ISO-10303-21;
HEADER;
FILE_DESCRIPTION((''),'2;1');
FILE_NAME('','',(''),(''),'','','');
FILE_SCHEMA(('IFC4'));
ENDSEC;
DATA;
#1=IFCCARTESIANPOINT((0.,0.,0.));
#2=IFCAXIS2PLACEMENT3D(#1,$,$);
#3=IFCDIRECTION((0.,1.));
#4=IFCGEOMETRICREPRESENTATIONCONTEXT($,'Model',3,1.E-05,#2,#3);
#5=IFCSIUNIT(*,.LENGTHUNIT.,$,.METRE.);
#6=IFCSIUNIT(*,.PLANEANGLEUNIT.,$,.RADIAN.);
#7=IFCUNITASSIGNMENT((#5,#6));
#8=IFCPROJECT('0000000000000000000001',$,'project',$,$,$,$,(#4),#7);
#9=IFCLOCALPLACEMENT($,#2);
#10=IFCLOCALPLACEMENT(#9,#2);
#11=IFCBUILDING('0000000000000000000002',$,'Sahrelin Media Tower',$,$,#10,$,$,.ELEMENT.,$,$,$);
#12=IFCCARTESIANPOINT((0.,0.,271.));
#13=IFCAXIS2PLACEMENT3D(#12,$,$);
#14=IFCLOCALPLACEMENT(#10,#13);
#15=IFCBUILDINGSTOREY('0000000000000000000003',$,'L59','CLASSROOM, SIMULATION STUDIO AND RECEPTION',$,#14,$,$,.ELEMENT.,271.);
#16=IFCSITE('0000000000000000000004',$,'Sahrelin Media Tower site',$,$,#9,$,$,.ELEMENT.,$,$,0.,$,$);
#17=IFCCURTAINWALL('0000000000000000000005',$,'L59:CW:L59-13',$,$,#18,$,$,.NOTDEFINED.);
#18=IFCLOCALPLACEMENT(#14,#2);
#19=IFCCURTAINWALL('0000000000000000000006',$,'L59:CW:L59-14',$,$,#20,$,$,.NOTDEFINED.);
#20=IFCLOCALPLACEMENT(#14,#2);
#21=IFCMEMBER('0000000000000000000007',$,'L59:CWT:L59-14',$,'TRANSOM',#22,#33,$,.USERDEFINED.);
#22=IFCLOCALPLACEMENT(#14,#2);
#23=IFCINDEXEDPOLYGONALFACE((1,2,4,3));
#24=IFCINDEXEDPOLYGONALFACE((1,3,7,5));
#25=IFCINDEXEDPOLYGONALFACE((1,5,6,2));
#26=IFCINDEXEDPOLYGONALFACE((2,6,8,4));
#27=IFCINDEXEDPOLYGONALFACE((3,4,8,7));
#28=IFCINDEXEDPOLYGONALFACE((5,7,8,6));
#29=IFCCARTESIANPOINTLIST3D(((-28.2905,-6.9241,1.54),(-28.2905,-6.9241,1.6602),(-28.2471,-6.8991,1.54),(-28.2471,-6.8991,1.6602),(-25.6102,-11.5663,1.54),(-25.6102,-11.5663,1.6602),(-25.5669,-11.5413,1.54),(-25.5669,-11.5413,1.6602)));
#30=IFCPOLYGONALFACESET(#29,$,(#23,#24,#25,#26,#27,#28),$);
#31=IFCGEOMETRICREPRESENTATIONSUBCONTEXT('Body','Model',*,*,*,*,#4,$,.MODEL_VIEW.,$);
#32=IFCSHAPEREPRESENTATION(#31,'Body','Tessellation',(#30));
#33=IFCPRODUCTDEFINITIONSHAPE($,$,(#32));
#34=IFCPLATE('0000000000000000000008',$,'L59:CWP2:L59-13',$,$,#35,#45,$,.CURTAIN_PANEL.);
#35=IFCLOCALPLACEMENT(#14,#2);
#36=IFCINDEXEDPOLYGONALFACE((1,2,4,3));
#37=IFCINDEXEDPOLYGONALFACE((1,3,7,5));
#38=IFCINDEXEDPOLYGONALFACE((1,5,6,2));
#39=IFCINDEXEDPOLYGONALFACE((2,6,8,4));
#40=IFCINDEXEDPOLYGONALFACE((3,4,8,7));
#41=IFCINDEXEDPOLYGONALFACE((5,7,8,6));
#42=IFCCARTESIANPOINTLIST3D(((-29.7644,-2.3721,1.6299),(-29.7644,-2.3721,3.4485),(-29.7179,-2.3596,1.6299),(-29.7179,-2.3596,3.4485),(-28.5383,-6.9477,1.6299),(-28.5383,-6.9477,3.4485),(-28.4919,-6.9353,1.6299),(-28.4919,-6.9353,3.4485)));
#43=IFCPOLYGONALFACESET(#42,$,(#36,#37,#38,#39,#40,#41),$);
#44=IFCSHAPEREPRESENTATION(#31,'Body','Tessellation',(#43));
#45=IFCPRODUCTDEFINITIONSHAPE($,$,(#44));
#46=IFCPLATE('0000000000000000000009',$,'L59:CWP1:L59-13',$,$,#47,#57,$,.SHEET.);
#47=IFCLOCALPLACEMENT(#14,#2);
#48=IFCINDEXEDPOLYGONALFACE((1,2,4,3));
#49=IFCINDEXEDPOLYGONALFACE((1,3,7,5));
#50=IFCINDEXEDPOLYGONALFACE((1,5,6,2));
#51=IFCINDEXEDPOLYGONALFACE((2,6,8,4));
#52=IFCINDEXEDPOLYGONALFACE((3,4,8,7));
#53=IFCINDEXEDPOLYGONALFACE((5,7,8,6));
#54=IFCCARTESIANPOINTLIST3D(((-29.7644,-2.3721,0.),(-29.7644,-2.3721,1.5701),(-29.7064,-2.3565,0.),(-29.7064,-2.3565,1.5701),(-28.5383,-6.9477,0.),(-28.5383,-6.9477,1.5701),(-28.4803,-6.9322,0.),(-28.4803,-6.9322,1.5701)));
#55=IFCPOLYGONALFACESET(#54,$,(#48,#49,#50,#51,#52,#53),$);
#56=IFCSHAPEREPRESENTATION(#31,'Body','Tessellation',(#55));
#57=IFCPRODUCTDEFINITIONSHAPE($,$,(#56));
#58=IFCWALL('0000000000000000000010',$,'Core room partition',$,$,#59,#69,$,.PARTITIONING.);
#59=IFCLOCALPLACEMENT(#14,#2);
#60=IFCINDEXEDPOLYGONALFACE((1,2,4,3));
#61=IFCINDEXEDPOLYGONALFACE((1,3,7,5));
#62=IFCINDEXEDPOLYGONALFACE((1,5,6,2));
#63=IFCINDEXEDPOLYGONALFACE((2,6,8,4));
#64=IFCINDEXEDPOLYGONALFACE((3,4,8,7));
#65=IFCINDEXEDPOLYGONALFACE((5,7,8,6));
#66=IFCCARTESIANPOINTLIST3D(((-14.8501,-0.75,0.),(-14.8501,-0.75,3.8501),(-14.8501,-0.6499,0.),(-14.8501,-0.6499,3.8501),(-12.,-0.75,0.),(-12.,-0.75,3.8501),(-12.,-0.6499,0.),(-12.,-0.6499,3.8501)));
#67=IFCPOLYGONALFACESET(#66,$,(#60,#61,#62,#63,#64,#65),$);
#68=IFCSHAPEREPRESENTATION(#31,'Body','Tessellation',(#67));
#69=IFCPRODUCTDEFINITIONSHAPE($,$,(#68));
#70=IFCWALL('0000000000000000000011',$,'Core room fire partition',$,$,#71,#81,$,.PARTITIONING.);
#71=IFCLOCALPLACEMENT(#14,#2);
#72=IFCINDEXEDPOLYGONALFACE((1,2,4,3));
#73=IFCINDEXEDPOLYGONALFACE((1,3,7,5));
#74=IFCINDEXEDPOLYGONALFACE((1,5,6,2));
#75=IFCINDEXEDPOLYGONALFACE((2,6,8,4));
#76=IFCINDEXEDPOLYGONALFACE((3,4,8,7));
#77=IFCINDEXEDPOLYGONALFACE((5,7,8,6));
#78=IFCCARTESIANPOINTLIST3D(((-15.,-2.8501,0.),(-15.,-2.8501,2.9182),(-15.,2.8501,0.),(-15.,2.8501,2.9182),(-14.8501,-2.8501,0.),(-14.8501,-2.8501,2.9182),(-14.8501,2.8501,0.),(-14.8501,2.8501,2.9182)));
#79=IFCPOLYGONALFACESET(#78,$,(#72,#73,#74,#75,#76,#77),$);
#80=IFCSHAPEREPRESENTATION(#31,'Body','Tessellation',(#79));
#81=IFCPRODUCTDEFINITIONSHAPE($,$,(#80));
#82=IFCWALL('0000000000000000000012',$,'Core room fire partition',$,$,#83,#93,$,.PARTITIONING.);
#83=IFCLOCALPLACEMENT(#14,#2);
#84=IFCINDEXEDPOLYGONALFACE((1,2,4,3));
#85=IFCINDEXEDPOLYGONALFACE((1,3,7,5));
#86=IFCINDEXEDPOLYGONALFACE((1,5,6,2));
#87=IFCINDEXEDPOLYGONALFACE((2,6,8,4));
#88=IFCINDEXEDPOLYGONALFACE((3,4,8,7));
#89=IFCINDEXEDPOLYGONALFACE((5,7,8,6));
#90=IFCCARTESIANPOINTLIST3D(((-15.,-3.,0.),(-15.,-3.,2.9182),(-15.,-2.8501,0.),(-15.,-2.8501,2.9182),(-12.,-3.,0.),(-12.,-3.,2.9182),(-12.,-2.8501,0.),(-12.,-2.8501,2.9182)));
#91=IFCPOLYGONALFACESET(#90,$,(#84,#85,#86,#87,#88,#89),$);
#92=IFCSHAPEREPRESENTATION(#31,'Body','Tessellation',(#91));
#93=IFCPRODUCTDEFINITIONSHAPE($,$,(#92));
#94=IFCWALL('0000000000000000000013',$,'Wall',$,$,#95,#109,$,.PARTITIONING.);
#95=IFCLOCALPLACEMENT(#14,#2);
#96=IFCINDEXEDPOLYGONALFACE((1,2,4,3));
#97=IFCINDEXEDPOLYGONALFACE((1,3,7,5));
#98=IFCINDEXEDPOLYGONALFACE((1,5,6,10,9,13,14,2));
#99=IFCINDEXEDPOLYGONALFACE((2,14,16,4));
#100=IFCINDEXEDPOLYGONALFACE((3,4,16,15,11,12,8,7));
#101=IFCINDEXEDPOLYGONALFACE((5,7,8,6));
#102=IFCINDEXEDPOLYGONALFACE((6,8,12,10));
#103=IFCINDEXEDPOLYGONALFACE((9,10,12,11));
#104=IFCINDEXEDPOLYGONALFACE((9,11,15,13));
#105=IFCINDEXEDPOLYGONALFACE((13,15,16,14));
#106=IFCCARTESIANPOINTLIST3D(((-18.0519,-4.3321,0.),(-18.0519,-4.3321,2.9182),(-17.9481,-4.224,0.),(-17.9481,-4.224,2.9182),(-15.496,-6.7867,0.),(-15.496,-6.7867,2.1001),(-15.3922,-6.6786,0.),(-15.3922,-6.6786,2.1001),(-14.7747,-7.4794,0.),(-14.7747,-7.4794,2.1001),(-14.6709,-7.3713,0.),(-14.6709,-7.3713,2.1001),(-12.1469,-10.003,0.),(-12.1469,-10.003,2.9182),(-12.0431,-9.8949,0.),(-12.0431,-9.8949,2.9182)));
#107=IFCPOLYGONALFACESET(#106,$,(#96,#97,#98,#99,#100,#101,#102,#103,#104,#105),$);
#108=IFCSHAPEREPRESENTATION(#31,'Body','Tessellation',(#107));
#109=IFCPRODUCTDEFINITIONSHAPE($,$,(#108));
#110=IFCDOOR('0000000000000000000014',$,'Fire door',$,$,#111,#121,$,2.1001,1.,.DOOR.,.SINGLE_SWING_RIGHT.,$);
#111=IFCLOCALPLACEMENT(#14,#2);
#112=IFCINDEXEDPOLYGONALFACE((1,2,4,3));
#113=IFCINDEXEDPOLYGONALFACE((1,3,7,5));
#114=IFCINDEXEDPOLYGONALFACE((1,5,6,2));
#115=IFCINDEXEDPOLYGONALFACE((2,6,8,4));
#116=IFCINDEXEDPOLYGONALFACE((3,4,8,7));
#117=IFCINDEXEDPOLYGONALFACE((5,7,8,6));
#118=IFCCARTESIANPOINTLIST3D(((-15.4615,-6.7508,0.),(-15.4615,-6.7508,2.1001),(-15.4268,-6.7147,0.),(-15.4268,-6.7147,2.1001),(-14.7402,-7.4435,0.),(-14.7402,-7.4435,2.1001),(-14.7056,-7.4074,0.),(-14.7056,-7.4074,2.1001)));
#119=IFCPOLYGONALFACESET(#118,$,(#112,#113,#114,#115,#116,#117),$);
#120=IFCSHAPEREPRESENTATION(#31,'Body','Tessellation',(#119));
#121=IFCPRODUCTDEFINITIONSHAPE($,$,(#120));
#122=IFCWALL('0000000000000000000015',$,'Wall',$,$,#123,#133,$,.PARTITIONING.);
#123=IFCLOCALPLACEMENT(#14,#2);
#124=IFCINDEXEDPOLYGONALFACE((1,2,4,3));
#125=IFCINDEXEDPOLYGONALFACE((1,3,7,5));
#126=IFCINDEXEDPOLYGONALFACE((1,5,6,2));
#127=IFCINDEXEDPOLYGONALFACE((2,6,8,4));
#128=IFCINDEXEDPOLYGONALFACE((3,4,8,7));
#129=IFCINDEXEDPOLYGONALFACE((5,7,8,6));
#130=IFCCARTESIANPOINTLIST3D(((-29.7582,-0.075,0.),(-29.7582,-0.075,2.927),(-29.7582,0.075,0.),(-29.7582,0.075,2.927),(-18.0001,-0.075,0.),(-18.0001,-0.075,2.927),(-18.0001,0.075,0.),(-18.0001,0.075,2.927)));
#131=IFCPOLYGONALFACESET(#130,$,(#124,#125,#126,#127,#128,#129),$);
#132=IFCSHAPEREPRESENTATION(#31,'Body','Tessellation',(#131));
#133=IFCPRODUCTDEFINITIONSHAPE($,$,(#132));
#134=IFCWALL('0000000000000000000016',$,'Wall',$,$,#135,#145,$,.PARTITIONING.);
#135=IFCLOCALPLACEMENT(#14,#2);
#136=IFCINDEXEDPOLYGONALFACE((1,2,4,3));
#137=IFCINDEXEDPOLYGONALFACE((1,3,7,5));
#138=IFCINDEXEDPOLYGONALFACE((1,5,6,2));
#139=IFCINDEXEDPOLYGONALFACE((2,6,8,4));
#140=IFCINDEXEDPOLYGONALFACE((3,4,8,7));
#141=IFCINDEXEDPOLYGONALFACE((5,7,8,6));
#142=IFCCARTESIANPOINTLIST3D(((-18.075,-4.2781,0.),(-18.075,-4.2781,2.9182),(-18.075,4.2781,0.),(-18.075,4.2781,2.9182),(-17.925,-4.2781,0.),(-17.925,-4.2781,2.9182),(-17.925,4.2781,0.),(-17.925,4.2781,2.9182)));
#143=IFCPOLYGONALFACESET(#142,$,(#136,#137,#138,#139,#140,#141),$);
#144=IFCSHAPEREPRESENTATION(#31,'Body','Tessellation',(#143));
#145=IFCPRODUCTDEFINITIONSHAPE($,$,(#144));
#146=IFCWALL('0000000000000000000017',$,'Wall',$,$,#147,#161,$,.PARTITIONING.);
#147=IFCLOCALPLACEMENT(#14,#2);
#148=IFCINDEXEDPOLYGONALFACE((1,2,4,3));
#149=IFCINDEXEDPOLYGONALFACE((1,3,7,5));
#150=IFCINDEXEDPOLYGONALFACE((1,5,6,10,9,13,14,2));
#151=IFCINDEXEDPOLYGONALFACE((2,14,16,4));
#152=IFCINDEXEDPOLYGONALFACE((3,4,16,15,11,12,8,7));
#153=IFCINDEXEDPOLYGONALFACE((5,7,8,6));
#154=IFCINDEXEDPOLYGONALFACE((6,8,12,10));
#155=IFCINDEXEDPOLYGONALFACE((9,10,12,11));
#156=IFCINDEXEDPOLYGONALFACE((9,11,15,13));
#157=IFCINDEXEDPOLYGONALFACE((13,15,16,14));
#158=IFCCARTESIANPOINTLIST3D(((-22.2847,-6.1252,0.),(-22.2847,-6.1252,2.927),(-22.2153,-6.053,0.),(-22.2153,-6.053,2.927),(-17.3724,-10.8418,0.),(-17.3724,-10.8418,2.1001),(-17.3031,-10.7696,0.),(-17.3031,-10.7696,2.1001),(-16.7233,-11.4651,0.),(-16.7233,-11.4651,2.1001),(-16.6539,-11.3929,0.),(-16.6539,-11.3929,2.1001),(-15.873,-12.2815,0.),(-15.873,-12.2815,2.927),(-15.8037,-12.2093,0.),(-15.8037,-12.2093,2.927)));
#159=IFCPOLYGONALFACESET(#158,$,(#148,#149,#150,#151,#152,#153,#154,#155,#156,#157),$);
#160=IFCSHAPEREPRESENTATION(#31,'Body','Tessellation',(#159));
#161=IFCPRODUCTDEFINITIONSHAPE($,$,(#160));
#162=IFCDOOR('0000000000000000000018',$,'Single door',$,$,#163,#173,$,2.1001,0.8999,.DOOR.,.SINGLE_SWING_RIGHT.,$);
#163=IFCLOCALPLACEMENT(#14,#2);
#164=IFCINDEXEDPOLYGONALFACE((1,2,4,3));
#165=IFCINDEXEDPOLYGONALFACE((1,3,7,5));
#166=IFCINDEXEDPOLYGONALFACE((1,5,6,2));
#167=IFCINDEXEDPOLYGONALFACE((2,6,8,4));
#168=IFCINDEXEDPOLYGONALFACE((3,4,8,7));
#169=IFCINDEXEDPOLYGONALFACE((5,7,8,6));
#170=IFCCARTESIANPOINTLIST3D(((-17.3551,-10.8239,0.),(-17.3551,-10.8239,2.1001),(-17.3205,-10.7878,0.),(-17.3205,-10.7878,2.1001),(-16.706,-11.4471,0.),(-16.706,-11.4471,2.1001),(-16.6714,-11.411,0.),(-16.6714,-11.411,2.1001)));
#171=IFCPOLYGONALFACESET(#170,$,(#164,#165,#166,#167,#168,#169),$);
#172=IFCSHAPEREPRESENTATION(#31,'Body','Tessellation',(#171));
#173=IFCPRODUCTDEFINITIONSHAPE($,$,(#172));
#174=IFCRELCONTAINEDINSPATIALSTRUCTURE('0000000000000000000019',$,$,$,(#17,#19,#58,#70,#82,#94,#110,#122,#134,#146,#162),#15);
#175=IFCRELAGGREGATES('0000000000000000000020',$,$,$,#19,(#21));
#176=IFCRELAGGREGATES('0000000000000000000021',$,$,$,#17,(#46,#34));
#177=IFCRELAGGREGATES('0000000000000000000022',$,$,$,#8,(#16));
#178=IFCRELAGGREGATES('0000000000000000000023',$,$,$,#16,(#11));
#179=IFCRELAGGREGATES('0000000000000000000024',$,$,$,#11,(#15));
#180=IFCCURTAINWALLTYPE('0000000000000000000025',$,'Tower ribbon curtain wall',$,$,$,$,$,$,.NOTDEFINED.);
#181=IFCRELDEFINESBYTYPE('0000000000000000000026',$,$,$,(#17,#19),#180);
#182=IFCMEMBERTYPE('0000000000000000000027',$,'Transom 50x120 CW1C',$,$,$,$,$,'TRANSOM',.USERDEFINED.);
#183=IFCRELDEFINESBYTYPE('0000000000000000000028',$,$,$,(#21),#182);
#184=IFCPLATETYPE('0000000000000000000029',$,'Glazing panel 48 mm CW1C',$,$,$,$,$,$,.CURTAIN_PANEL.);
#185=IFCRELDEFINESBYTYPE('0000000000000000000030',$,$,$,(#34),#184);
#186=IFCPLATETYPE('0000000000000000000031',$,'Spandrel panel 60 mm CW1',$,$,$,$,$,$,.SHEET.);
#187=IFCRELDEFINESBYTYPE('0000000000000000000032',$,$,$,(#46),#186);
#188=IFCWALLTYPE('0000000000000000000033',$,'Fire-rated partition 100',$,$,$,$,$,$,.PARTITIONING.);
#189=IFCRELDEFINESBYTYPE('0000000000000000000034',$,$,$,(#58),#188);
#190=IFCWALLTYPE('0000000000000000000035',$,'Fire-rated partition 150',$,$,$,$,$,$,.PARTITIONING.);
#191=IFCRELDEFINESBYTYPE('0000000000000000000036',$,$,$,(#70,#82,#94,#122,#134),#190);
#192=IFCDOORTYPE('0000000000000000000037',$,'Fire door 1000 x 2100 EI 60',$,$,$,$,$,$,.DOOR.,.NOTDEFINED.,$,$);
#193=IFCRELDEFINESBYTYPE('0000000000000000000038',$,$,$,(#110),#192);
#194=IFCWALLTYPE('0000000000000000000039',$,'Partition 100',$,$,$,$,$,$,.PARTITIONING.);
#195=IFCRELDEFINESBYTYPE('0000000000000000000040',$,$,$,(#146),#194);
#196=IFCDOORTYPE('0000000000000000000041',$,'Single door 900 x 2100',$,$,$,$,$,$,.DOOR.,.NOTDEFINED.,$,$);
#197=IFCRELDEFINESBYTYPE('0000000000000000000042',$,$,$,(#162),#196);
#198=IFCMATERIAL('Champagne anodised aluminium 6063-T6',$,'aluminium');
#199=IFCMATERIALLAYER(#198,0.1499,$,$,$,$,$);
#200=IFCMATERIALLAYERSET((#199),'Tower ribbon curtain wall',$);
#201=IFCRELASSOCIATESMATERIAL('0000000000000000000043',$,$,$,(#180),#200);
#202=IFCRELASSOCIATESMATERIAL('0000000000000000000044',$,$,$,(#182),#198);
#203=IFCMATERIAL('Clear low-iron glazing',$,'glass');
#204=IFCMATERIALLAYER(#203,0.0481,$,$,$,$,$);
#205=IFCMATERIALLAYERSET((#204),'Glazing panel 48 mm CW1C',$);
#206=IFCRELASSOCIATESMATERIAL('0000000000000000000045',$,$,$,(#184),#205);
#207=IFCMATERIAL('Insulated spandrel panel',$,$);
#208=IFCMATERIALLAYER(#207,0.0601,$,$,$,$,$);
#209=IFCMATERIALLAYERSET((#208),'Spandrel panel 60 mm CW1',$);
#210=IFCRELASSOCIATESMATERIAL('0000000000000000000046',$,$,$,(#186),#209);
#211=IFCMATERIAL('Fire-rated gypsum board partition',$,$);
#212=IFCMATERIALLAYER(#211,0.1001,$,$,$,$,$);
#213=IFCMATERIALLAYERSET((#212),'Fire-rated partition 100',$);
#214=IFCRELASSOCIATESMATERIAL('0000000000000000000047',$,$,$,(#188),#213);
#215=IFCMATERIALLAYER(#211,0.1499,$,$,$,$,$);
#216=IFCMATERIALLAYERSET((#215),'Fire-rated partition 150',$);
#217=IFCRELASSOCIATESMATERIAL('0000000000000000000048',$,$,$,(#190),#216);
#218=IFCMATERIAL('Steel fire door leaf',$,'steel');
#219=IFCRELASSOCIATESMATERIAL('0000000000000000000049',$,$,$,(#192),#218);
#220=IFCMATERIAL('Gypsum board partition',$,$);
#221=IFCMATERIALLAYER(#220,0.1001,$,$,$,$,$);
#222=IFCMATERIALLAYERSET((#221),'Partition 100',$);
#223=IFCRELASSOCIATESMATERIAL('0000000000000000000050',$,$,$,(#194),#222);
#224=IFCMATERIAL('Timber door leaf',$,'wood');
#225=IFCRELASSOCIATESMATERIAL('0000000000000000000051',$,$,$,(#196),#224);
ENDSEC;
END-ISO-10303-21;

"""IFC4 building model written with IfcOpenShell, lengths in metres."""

from ifc_helpers import new_model, si_unit, direction, frame, frame_2d, origin, origin_2d, place, context, subcontext, project, spatial, polyline, rectangle, outline, extrude, material, layer, layer_set, material_profile, profile_set, type_object, element, fill, aggregate, save


model = new_model("IFC4")

# Units and contexts
model_context = context("Model", 3, precision=1e-05, world=origin(), true_north=direction((0.0, 1.0)))
body_context = subcontext(model_context, "Body", "Model", "MODEL_VIEW")
ifc_project = project(units=[si_unit("LENGTHUNIT", "METRE"), si_unit("PLANEANGLEUNIT", "RADIAN")], contexts=[model_context])

# Site, building, storey
site_placement = place(None, origin())
site = spatial("IfcSite", under=ifc_project, at=site_placement, Name="Sahrelin Media Tower site", CompositionType="ELEMENT", RefElevation=0.0)
building_placement = place(site_placement, origin())
building = spatial("IfcBuilding", under=site, at=building_placement, Name="Sahrelin Media Tower", CompositionType="ELEMENT")
storey_placement = place(building_placement, frame((0.0, 0.0, 271.0)))
storey = spatial("IfcBuildingStorey", under=building, at=storey_placement, Name="L59", Description="CLASSROOM, SIMULATION STUDIO AND RECEPTION", CompositionType="ELEMENT", Elevation=271.0)

# Curtain wall
ifc_material_1 = material(Name="Champagne anodised aluminium 6063-T6", Category="aluminium")
ifc_layer_1 = layer(ifc_material_1, 0.1499)
ifc_layer_set_1 = layer_set([ifc_layer_1], Name="Tower ribbon curtain wall")
curtain_wall_type = type_object("IfcCurtainWallType", Name="Tower ribbon curtain wall", PredefinedType="NOTDEFINED", material=ifc_layer_set_1)
curtain_wall_1_placement = place(storey_placement, frame((-29.1318, -4.6548, 0.0), z_axis=(0.0, 0.0, 1.0), x_axis=(1.0, 0.0, 0.0)))
curtain_wall_1 = element("IfcCurtainWall", 1, at=curtain_wall_1_placement, inside=storey, type_object=curtain_wall_type, Name="L59:CW:L59-13", PredefinedType="NOTDEFINED")

# Shared definitions
ifc_material_profile_1 = material_profile(ifc_material_1, rectangle(XDim=0.05, YDim=0.1201, at=origin_2d()), Name="Transom 50x120")
ifc_profile_set_1 = profile_set([ifc_material_profile_1], Name="Champagne anodised aluminium 6063-T6")
member_type_1 = type_object("IfcMemberType", Name="Transom 50x120 CW1C", ElementType="TRANSOM", PredefinedType="USERDEFINED", material=ifc_profile_set_1)

# Curtain wall, member
curtain_wall_2_placement = place(storey_placement, frame((-27.1409, -9.3552, 0.0), z_axis=(0.0, 0.0, 1.0), x_axis=(1.0, 0.0, 0.0)))
curtain_wall_2 = element("IfcCurtainWall", 2, at=curtain_wall_2_placement, inside=storey, type_object=curtain_wall_type, Name="L59:CW:L59-14", PredefinedType="NOTDEFINED")
member_1_placement = place(storey_placement, frame((-28.2688, -6.9116, 1.6001), z_axis=(0.500009, -0.86602, 0.0), x_axis=(0.86602, 0.500009, 0.0)))
member_1 = element("IfcMember", 3, at=member_1_placement, type_object=member_type_1, Name="L59:CWT:L59-14", ObjectType="TRANSOM", PredefinedType="USERDEFINED", context=body_context, shape_type="SweptSolid", body=[
    extrude(rectangle(XDim=0.05, YDim=0.1201, at=origin_2d()), origin(), (0.0, 0.0, 1.0), 5.3604),
])
aggregate(curtain_wall_2, [member_1])

# Plates
ifc_material_2 = material(Name="Clear low-iron glazing", Category="glass")
ifc_layer_2 = layer(ifc_material_2, 0.0481)
ifc_layer_set_2 = layer_set([ifc_layer_2], Name="Glazing panel 48 mm CW1C")
plate_type_1 = type_object("IfcPlateType", Name="Glazing panel 48 mm CW1C", PredefinedType="CURTAIN_PANEL", material=ifc_layer_set_2)
plate_1_placement = place(storey_placement, frame((-29.7644, -2.3721, 1.6299), z_axis=(-0.965925, -0.258824, 0.0), x_axis=(0.258824, -0.965925, 0.0)))
plate_1 = element("IfcPlate", 4, at=plate_1_placement, type_object=plate_type_1, Name="L59:CWP2:L59-13", PredefinedType="CURTAIN_PANEL", context=body_context, shape_type="SweptSolid", body=[
    extrude(outline(polyline([(0.0, 0.0), (4.7371, 0.0), (4.7371, 1.8186), (0.0, 1.8186), (0.0, 0.0)])), origin(), (0.0, 0.0, -1.0), 0.0481),
])
ifc_material_3 = material(Name="Insulated spandrel panel")
ifc_layer_3 = layer(ifc_material_3, 0.0601)
ifc_layer_set_3 = layer_set([ifc_layer_3], Name="Spandrel panel 60 mm CW1")
plate_type_2 = type_object("IfcPlateType", Name="Spandrel panel 60 mm CW1", PredefinedType="SHEET", material=ifc_layer_set_3)
plate_2_placement = place(storey_placement, frame((-29.7644, -2.3721, 0.0), z_axis=(-0.965925, -0.258824, 0.0), x_axis=(0.258824, -0.965925, 0.0)))
plate_2 = element("IfcPlate", 5, at=plate_2_placement, type_object=plate_type_2, Name="L59:CWP1:L59-13", PredefinedType="SHEET", context=body_context, shape_type="SweptSolid", body=[
    extrude(outline(polyline([(0.0, 0.0), (4.7371, 0.0), (4.7371, 1.5701), (0.0, 1.5701), (0.0, 0.0)])), origin(), (0.0, 0.0, -1.0), 0.0601),
])
aggregate(curtain_wall_1, [plate_2, plate_1])

# Walls
ifc_material_4 = material(Name="Fire-rated gypsum board partition")
ifc_layer_4 = layer(ifc_material_4, 0.1001)
ifc_layer_set_4 = layer_set([ifc_layer_4], Name="Fire-rated partition 100")
wall_type_1 = type_object("IfcWallType", Name="Fire-rated partition 100", PredefinedType="PARTITIONING", material=ifc_layer_set_4)
wall_1_placement = place(storey_placement, frame((-14.8501, -0.7, 0.0), z_axis=(0.0, 0.0, 1.0), x_axis=(1.0, 0.0, 0.0)))
element("IfcWall", 6, at=wall_1_placement, inside=storey, type_object=wall_type_1, Name="Core room partition", PredefinedType="PARTITIONING", context=body_context, shape_type="SweptSolid", body=[
    extrude(rectangle(XDim=2.8501, YDim=0.1001, at=frame_2d((1.425, 0.0))), origin(), (0.0, 0.0, 1.0), 3.8501),
])
ifc_layer_5 = layer(ifc_material_4, 0.1499)
ifc_layer_set_5 = layer_set([ifc_layer_5], Name="Fire-rated partition 150")
wall_type_2 = type_object("IfcWallType", Name="Fire-rated partition 150", PredefinedType="PARTITIONING", material=ifc_layer_set_5)
wall_2_placement = place(storey_placement, frame((-14.925, -2.8501, 0.0), z_axis=(0.0, 0.0, 1.0), x_axis=(0.0, 1.0, 0.0)))
element("IfcWall", 7, at=wall_2_placement, inside=storey, type_object=wall_type_2, Name="Core room fire partition", PredefinedType="PARTITIONING", context=body_context, shape_type="SweptSolid", body=[
    extrude(rectangle(XDim=5.7002, YDim=0.1499, at=frame_2d((2.8501, 0.0))), origin(), (0.0, 0.0, 1.0), 2.9182),
])
wall_3_placement = place(storey_placement, frame((-15.0, -2.925, 0.0), z_axis=(0.0, 0.0, 1.0), x_axis=(1.0, 0.0, 0.0)))
element("IfcWall", 8, at=wall_3_placement, inside=storey, type_object=wall_type_2, Name="Core room fire partition", PredefinedType="PARTITIONING", context=body_context, shape_type="SweptSolid", body=[
    extrude(rectangle(XDim=3.0, YDim=0.1499, at=frame_2d((1.5, 0.0))), origin(), (0.0, 0.0, 1.0), 2.9182),
])

# Wall, opening, door
wall_4_placement = place(storey_placement, frame((-18.0, -4.2781, 0.0), z_axis=(0.0, 0.0, 1.0), x_axis=(0.721261, -0.692663, 0.0)))
wall_4 = element("IfcWall", 9, at=wall_4_placement, inside=storey, type_object=wall_type_2, Name="Wall", PredefinedType="PARTITIONING", context=body_context, shape_type="SweptSolid", body=[
    extrude(rectangle(XDim=8.187, YDim=0.1499, at=frame_2d((4.0935, 0.0))), origin(), (0.0, 0.0, 1.0), 2.9182),
])
opening_1_placement = place(wall_4_placement, frame((3.5437, 0.0, 0.0)))
opening_1 = element("IfcOpeningElement", 10, at=opening_1_placement, cuts=wall_4, PredefinedType="OPENING", context=body_context, shape_type="SweptSolid", body=[
    extrude(rectangle(XDim=1.0, YDim=2.1001, at=frame_2d((0.5, 1.05))), frame((0.0, 0.075, 0.0), z_axis=(0.0, -1.0, 0.0), x_axis=(1.0, 0.0, 0.0)), (0.0, 0.0, 1.0), 0.1499),
])
ifc_material_5 = material(Name="Steel fire door leaf", Category="steel")
door_type_1 = type_object("IfcDoorType", Name="Fire door 1000 x 2100 EI 60", OperationType="NOTDEFINED", PredefinedType="DOOR", material=ifc_material_5)
door_1_placement = place(opening_1_placement, origin())
door_1 = element("IfcDoor", 11, at=door_1_placement, inside=storey, type_object=door_type_1, Name="Fire door", OperationType="SINGLE_SWING_RIGHT", OverallHeight=2.1001, OverallWidth=1.0, PredefinedType="DOOR", context=body_context, shape_type="SweptSolid", body=[
    extrude(rectangle(XDim=1.0, YDim=2.1001, at=frame_2d((0.5, 1.05))), frame((0.0, 0.0249, 0.0), z_axis=(0.0, -1.0, 0.0), x_axis=(1.0, 0.0, 0.0)), (0.0, 0.0, 1.0), 0.05),
])
fill(opening_1, door_1)

# Walls
wall_5_placement = place(storey_placement, frame((-29.7581, 0.0, 0.0), z_axis=(0.0, 0.0, 1.0), x_axis=(1.0, 0.0, 0.0)))
element("IfcWall", 12, at=wall_5_placement, inside=storey, type_object=wall_type_2, Name="Wall", PredefinedType="PARTITIONING", context=body_context, shape_type="SweptSolid", body=[
    extrude(rectangle(XDim=11.7581, YDim=0.1499, at=frame_2d((5.8789, 0.0))), origin(), (0.0, 0.0, 1.0), 2.927),
])
wall_6_placement = place(storey_placement, frame((-18.0, -4.2781, 0.0), z_axis=(0.0, 0.0, 1.0), x_axis=(0.0, 1.0, 0.0)))
element("IfcWall", 13, at=wall_6_placement, inside=storey, type_object=wall_type_2, Name="Wall", PredefinedType="PARTITIONING", context=body_context, shape_type="SweptSolid", body=[
    extrude(rectangle(XDim=8.5562, YDim=0.1499, at=frame_2d((4.2781, 0.0))), origin(), (0.0, 0.0, 1.0), 2.9182),
])

# Wall, opening, door
ifc_material_6 = material(Name="Gypsum board partition")
ifc_layer_6 = layer(ifc_material_6, 0.1001)
ifc_layer_set_6 = layer_set([ifc_layer_6], Name="Partition 100")
wall_type_3 = type_object("IfcWallType", Name="Partition 100", PredefinedType="PARTITIONING", material=ifc_layer_set_6)
wall_7_placement = place(storey_placement, frame((-22.25, -6.0891, 0.0), z_axis=(0.0, 0.0, 1.0), x_axis=(0.721326, -0.692596, 0.0)))
wall_7 = element("IfcWall", 14, at=wall_7_placement, inside=storey, type_object=wall_type_3, Name="Wall", PredefinedType="PARTITIONING", context=body_context, shape_type="SweptSolid", body=[
    extrude(rectangle(XDim=8.8887, YDim=0.1001, at=frame_2d((4.4443, 0.0))), origin(), (0.0, 0.0, 1.0), 2.927),
])
opening_2_placement = place(wall_7_placement, frame((6.8101, 0.0, 0.0)))
opening_2 = element("IfcOpeningElement", 15, at=opening_2_placement, cuts=wall_7, PredefinedType="OPENING", context=body_context, shape_type="SweptSolid", body=[
    extrude(rectangle(XDim=0.8999, YDim=2.1001, at=frame_2d((0.45, 1.05))), frame((0.0, 0.05, 0.0), z_axis=(0.0, -1.0, 0.0), x_axis=(1.0, 0.0, 0.0)), (0.0, 0.0, 1.0), 0.1001),
])
ifc_material_7 = material(Name="Timber door leaf", Category="wood")
door_type_2 = type_object("IfcDoorType", Name="Single door 900 x 2100", OperationType="NOTDEFINED", PredefinedType="DOOR", material=ifc_material_7)
door_2_placement = place(opening_2_placement, origin())
door_2 = element("IfcDoor", 16, at=door_2_placement, inside=storey, type_object=door_type_2, Name="Single door", OperationType="SINGLE_SWING_RIGHT", OverallHeight=2.1001, OverallWidth=0.8999, PredefinedType="DOOR", context=body_context, shape_type="SweptSolid", body=[
    extrude(rectangle(XDim=0.8999, YDim=2.1001, at=frame_2d((0.45, 1.05))), frame((0.0, 0.0249, 0.0), z_axis=(0.0, -1.0, 0.0), x_axis=(1.0, 0.0, 0.0)), (0.0, 0.0, 1.0), 0.05),
])
fill(opening_2, door_2)

save(model, "model.ifc")
